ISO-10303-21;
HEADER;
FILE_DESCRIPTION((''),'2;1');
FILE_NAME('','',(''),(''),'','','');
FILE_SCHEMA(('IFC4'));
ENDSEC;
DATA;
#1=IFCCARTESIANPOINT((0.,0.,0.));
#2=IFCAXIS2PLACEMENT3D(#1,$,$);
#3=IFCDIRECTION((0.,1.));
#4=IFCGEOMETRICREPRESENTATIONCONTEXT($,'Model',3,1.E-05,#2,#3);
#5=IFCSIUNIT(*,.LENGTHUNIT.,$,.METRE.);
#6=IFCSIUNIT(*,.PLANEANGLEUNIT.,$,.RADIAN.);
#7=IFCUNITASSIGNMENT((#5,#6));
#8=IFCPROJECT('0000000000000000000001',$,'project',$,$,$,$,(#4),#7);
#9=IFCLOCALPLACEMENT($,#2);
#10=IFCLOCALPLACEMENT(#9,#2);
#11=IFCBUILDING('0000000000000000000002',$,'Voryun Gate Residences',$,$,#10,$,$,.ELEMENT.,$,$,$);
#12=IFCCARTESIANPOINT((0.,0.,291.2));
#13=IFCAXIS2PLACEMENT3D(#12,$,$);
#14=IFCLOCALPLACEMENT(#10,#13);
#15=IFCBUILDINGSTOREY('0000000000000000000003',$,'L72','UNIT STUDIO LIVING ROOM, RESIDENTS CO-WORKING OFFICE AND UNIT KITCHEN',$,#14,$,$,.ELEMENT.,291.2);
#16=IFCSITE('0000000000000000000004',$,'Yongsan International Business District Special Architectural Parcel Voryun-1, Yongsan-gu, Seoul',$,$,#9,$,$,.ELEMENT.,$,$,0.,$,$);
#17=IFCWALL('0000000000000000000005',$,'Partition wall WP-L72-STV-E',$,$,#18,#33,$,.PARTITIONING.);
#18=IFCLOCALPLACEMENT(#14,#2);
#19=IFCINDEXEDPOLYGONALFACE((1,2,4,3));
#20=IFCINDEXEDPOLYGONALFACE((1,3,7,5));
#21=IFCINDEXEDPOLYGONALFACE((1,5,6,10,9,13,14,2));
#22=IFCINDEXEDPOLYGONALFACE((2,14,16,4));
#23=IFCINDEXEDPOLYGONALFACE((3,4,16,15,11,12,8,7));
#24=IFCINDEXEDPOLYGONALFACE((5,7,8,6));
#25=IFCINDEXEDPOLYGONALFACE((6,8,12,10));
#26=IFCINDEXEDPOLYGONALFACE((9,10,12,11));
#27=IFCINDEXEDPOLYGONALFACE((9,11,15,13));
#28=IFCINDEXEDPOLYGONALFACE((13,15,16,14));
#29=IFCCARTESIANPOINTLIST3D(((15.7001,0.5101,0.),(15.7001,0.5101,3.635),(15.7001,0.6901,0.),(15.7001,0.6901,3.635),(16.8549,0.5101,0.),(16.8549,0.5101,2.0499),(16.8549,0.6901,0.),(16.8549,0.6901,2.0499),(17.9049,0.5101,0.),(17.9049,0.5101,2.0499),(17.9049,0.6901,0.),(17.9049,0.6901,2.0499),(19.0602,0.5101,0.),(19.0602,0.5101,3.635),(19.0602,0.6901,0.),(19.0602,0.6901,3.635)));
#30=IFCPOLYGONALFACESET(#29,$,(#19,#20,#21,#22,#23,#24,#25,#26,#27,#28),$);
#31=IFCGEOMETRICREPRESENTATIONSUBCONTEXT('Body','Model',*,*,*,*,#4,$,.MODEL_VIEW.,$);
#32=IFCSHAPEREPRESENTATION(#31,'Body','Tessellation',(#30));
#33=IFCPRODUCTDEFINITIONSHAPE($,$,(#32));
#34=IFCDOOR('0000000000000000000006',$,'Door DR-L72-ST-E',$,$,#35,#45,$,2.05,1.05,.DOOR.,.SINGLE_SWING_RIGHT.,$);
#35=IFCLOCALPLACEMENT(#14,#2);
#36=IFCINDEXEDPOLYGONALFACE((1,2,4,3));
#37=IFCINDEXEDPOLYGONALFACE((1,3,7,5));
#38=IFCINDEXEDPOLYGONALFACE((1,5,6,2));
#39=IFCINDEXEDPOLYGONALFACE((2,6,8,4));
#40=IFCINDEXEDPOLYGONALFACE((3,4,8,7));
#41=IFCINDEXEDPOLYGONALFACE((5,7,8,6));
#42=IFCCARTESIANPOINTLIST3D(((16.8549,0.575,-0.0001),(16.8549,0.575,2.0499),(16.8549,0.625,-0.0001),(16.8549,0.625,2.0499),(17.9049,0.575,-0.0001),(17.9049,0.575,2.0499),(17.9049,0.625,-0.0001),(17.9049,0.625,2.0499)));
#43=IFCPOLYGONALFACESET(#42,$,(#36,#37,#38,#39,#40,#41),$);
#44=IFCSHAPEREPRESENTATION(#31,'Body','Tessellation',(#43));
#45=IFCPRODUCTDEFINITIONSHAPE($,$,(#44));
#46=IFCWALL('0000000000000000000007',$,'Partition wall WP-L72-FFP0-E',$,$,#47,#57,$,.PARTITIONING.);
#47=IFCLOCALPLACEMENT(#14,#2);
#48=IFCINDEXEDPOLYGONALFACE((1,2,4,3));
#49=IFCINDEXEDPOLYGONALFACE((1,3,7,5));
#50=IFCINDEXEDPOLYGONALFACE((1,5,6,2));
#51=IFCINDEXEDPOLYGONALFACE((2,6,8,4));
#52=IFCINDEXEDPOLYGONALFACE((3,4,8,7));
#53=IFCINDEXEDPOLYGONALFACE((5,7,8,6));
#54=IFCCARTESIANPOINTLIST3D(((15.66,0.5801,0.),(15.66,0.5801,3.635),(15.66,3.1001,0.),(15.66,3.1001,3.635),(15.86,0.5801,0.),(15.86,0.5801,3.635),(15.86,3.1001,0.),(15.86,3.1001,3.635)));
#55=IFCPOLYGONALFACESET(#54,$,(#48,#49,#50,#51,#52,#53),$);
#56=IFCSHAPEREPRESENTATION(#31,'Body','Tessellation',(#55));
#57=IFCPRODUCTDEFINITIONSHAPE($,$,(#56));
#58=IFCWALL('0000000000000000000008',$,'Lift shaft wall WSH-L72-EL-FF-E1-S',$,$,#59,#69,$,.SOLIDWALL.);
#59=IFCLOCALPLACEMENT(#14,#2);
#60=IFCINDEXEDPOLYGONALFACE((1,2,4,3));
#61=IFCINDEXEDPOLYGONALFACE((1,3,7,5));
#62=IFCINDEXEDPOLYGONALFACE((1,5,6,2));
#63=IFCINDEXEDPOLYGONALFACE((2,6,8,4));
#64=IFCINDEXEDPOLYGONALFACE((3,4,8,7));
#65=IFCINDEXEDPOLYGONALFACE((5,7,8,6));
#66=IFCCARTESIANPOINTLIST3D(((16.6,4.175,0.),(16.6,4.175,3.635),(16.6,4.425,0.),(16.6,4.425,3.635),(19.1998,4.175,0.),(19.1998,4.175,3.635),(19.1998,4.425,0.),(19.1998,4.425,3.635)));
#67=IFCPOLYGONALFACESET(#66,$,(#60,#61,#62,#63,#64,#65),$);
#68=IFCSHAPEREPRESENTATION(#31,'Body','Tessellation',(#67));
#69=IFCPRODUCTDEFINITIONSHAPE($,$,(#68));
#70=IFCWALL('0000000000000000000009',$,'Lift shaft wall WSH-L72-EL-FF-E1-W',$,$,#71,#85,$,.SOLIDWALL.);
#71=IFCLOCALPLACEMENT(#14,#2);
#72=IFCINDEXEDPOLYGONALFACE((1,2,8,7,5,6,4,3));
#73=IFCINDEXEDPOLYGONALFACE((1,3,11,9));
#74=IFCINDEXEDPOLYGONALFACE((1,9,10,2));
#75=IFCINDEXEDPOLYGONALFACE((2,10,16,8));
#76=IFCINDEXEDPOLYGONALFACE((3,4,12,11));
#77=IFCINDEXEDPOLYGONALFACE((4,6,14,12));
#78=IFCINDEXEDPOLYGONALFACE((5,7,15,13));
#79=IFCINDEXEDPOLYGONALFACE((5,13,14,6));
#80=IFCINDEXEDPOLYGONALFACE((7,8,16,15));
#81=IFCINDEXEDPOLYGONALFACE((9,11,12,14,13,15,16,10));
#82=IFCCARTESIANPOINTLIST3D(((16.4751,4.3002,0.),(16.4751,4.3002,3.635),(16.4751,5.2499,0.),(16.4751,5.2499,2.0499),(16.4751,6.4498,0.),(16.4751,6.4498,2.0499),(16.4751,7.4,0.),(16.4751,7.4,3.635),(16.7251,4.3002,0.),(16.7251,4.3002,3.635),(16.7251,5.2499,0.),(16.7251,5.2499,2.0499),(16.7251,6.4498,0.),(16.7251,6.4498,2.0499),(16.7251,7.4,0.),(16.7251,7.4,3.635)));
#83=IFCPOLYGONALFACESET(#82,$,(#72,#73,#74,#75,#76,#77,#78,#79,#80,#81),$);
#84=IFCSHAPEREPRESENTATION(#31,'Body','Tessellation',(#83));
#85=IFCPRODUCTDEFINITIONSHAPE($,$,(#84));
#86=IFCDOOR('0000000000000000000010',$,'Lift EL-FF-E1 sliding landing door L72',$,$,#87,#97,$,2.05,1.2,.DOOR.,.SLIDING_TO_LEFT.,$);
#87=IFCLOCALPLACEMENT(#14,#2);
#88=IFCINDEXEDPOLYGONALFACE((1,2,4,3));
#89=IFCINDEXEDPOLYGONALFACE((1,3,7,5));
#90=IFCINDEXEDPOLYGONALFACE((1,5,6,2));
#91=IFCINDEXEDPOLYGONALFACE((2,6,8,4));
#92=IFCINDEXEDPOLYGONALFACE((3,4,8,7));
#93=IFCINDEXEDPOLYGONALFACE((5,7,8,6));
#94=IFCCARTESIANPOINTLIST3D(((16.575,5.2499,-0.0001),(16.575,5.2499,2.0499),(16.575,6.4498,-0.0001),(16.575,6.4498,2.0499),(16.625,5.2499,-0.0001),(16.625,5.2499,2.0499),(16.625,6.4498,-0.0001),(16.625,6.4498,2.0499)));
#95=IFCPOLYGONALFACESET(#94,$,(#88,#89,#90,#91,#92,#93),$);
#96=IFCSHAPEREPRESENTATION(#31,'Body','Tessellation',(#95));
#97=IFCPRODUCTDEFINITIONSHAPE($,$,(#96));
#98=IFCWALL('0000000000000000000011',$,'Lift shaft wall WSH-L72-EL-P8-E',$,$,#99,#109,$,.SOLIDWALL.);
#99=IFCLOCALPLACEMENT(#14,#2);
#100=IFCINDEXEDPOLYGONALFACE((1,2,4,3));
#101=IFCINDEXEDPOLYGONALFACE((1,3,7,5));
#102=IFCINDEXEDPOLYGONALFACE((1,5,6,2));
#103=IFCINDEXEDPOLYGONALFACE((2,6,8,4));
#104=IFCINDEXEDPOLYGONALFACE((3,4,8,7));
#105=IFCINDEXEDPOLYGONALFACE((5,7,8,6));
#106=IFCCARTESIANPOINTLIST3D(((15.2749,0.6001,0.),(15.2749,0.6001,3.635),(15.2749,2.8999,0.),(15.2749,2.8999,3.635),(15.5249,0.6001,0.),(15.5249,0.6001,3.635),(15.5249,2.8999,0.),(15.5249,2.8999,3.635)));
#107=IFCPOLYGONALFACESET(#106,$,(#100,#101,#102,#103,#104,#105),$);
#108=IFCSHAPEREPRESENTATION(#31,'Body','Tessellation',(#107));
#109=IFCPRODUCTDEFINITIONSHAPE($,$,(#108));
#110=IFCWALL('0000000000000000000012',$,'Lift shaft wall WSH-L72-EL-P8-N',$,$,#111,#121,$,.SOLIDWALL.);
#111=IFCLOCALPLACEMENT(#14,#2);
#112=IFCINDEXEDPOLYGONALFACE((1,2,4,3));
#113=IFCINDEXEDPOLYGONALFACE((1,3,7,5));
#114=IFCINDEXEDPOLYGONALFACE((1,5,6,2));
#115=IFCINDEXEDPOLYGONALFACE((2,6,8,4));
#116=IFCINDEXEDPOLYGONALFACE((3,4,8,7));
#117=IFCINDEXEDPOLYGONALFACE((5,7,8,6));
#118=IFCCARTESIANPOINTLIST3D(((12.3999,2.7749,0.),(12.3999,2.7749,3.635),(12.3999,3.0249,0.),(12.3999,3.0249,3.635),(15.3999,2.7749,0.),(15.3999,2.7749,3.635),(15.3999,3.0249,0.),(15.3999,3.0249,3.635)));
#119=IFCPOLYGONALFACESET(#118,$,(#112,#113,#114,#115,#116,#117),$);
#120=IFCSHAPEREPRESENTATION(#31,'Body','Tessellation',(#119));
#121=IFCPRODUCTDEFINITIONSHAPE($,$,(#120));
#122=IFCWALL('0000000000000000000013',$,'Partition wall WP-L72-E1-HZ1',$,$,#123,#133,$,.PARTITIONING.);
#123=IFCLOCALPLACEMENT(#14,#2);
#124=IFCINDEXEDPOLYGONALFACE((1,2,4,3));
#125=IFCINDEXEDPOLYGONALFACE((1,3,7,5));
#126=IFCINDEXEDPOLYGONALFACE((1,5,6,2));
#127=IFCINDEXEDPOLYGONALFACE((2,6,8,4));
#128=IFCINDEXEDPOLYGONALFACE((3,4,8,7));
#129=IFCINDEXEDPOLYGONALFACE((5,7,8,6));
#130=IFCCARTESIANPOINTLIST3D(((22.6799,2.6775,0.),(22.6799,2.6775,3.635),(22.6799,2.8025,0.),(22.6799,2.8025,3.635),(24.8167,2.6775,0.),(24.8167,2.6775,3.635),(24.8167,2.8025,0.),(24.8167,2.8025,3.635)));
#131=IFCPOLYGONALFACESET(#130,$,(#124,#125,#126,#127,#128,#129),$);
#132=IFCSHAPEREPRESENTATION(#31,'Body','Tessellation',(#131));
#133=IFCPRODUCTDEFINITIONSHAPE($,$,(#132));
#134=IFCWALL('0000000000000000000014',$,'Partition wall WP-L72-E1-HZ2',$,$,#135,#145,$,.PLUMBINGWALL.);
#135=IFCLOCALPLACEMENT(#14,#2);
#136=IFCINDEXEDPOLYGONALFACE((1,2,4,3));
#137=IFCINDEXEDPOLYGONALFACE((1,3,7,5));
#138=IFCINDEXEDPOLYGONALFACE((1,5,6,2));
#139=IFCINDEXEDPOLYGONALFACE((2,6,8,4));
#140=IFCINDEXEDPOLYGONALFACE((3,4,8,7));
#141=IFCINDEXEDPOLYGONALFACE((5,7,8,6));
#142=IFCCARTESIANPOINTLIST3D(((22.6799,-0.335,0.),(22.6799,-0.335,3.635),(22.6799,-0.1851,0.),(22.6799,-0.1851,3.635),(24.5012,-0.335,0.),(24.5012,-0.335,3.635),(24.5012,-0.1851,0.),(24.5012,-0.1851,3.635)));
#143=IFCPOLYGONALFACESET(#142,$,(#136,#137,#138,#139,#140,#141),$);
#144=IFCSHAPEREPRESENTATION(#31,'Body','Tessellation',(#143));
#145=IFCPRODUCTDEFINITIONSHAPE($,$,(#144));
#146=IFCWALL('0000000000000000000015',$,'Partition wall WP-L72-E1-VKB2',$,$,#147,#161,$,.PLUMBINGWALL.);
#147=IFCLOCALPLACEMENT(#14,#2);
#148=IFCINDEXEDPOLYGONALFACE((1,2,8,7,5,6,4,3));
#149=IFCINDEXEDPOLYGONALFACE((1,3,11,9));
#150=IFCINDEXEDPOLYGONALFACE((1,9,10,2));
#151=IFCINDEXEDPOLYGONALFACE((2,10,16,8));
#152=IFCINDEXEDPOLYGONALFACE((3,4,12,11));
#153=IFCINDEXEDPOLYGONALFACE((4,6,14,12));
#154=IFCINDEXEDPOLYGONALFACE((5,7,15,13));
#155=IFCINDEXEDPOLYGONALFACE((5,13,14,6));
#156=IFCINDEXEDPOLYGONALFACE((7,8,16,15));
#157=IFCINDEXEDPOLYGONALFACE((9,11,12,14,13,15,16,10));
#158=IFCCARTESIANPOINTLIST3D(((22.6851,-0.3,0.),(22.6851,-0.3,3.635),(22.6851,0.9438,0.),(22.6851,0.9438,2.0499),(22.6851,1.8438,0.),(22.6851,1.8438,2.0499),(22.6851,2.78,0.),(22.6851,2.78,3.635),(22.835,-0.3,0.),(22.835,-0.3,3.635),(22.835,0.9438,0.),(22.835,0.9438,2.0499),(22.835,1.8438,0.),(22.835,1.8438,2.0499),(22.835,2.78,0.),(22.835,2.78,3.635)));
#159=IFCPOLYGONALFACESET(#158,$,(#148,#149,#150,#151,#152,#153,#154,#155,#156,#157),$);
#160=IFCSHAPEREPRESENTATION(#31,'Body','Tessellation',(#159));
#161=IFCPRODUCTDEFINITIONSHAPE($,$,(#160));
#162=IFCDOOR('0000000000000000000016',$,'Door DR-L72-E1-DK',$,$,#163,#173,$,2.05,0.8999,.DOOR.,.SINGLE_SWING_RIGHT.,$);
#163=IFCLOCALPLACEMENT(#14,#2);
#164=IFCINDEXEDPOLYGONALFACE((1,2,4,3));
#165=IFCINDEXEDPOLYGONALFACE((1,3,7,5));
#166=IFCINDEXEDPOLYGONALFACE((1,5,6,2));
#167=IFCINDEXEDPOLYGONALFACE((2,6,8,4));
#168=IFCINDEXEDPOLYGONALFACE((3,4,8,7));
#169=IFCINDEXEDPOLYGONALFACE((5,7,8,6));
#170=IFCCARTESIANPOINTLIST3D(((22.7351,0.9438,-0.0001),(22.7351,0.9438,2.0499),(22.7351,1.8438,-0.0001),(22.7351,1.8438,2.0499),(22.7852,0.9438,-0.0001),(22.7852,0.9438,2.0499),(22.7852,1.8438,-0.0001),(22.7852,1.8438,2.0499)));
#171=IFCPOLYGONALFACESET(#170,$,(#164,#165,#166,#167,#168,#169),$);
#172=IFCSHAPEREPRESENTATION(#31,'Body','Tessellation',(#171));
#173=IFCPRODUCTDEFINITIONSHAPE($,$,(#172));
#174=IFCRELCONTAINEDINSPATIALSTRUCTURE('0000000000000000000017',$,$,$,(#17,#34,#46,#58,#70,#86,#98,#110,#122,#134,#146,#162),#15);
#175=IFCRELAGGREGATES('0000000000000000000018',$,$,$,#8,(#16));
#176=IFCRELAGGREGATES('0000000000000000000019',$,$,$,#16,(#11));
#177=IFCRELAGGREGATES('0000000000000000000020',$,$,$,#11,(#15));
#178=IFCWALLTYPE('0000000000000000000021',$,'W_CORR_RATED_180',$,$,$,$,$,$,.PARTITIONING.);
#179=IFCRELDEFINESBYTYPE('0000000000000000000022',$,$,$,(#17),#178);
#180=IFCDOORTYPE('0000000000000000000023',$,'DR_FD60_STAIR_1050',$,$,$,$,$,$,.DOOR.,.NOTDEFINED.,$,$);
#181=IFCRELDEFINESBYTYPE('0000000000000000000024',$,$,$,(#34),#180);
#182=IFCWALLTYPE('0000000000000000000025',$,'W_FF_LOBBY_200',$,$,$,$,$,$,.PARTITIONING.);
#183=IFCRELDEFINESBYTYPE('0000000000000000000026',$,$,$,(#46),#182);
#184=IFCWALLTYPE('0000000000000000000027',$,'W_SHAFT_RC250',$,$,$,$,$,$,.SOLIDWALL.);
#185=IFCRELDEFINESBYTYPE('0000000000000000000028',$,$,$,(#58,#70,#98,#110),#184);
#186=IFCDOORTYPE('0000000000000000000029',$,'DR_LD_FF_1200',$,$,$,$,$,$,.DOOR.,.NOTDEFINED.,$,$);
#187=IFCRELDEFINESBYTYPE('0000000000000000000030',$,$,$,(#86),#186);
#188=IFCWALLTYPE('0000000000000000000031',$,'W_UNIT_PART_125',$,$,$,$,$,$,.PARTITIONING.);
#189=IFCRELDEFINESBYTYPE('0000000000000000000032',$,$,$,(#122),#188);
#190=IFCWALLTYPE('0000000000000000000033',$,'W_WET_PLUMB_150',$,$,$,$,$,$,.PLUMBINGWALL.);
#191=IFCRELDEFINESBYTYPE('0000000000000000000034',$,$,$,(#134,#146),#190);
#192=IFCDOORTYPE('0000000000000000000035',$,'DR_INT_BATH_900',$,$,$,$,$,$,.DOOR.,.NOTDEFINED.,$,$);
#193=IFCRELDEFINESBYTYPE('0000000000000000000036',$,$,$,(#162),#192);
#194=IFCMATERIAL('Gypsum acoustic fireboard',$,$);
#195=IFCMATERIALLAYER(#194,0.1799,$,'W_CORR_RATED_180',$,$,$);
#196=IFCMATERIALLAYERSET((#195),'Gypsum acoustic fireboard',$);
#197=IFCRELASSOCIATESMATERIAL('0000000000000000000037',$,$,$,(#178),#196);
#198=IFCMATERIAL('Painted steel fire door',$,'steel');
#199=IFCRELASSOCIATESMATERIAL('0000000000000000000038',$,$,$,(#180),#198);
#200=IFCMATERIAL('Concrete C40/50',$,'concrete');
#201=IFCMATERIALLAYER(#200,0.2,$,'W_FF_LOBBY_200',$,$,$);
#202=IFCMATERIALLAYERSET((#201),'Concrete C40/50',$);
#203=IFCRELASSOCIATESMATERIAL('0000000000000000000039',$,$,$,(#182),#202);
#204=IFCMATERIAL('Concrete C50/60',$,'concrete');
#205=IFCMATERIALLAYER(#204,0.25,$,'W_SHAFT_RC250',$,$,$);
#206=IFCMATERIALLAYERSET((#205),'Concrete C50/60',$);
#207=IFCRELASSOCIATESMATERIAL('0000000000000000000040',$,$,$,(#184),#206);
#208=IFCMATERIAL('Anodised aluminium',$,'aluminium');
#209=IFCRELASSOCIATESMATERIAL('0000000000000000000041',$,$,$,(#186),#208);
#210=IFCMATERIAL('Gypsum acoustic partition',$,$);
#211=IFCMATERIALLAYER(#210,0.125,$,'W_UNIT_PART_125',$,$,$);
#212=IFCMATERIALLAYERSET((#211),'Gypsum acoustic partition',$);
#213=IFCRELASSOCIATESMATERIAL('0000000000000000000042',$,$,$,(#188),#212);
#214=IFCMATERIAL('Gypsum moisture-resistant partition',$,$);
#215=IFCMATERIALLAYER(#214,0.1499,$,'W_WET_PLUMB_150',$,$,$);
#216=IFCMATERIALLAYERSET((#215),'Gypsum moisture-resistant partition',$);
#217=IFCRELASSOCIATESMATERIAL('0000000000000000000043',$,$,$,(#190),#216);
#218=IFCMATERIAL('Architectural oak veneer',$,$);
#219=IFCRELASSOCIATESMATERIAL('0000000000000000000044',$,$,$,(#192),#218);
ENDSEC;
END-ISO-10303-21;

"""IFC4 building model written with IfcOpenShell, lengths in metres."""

from ifc_helpers import new_model, si_unit, direction, frame, frame_2d, origin, place, context, subcontext, project, spatial, rectangle, extrude, material, layer, layer_set, type_object, element, fill, save


model = new_model("IFC4")

# Units and contexts
model_context = context("Model", 3, precision=1e-05, world=origin(), true_north=direction((0.0, 1.0)))
body_context = subcontext(model_context, "Body", "Model", "MODEL_VIEW")
ifc_project = project(units=[si_unit("LENGTHUNIT", "METRE"), si_unit("PLANEANGLEUNIT", "RADIAN")], contexts=[model_context])

# Site, building, storey
site_placement = place(None, origin())
site = spatial("IfcSite", under=ifc_project, at=site_placement, Name="Yongsan International Business District Special Architectural Parcel Voryun-1, Yongsan-gu, Seoul", CompositionType="ELEMENT", RefElevation=0.0)
building_placement = place(site_placement, origin())
building = spatial("IfcBuilding", under=site, at=building_placement, Name="Voryun Gate Residences", CompositionType="ELEMENT")
storey_placement = place(building_placement, frame((0.0, 0.0, 291.2)))
storey = spatial("IfcBuildingStorey", under=building, at=storey_placement, Name="L72", Description="UNIT STUDIO LIVING ROOM, RESIDENTS CO-WORKING OFFICE AND UNIT KITCHEN", CompositionType="ELEMENT", Elevation=291.2)

# Wall, opening, door
ifc_material_1 = material(Name="Gypsum acoustic fireboard")
ifc_layer_1 = layer(ifc_material_1, 0.1799, Name="W_CORR_RATED_180")
ifc_layer_set_1 = layer_set([ifc_layer_1], Name="Gypsum acoustic fireboard")
wall_type_1 = type_object("IfcWallType", Name="W_CORR_RATED_180", PredefinedType="PARTITIONING", material=ifc_layer_set_1)
wall_1_placement = place(storey_placement, frame((15.7, 0.6001, 0.0), z_axis=(0.0, 0.0, 1.0), x_axis=(1.0, 0.0, 0.0)))
wall_1 = element("IfcWall", 1, at=wall_1_placement, inside=storey, type_object=wall_type_1, Name="Partition wall WP-L72-STV-E", PredefinedType="PARTITIONING", context=body_context, shape_type="SweptSolid", body=[
    extrude(rectangle(XDim=3.3601, YDim=0.1799, at=frame_2d((1.6802, 0.0))), origin(), (0.0, 0.0, 1.0), 3.635),
])
opening_1_placement = place(wall_1_placement, frame((1.155, 0.0, 0.0)))
opening_1 = element("IfcOpeningElement", 2, at=opening_1_placement, cuts=wall_1, PredefinedType="OPENING", context=body_context, shape_type="SweptSolid", body=[
    extrude(rectangle(XDim=1.05, YDim=2.05, at=frame_2d((0.5249, 1.0249))), frame((0.0, 0.0999, 0.0), z_axis=(0.0, -1.0, 0.0), x_axis=(1.0, 0.0, 0.0)), (0.0, 0.0, 1.0), 0.2),
])
ifc_material_2 = material(Name="Painted steel fire door", Category="steel")
door_type_1 = type_object("IfcDoorType", Name="DR_FD60_STAIR_1050", OperationType="NOTDEFINED", PredefinedType="DOOR", material=ifc_material_2)
door_1_placement = place(opening_1_placement, origin())
door_1 = element("IfcDoor", 3, at=door_1_placement, inside=storey, type_object=door_type_1, Name="Door DR-L72-ST-E", OperationType="SINGLE_SWING_RIGHT", OverallHeight=2.05, OverallWidth=1.05, PredefinedType="DOOR", context=body_context, shape_type="SweptSolid", body=[
    extrude(rectangle(XDim=1.05, YDim=2.05, at=frame_2d((0.5249, 1.0249))), frame((0.0, 0.0249, 0.0), z_axis=(0.0, -1.0, 0.0), x_axis=(1.0, 0.0, 0.0)), (0.0, 0.0, 1.0), 0.05),
])
fill(opening_1, door_1)

# Walls
ifc_material_3 = material(Name="Concrete C40/50", Category="concrete")
ifc_layer_2 = layer(ifc_material_3, 0.2, Name="W_FF_LOBBY_200")
ifc_layer_set_2 = layer_set([ifc_layer_2], Name="Concrete C40/50")
wall_type_2 = type_object("IfcWallType", Name="W_FF_LOBBY_200", PredefinedType="PARTITIONING", material=ifc_layer_set_2)
wall_2_placement = place(storey_placement, frame((15.76, 0.5801, 0.0), z_axis=(0.0, 0.0, 1.0), x_axis=(0.0, 1.0, 0.0)))
element("IfcWall", 4, at=wall_2_placement, inside=storey, type_object=wall_type_2, Name="Partition wall WP-L72-FFP0-E", PredefinedType="PARTITIONING", context=body_context, shape_type="SweptSolid", body=[
    extrude(rectangle(XDim=2.52, YDim=0.2, at=frame_2d((1.26, 0.0))), origin(), (0.0, 0.0, 1.0), 3.635),
])
ifc_material_4 = material(Name="Concrete C50/60", Category="concrete")
ifc_layer_3 = layer(ifc_material_4, 0.25, Name="W_SHAFT_RC250")
ifc_layer_set_3 = layer_set([ifc_layer_3], Name="Concrete C50/60")
wall_type_3 = type_object("IfcWallType", Name="W_SHAFT_RC250", PredefinedType="SOLIDWALL", material=ifc_layer_set_3)
wall_3_placement = place(storey_placement, frame((16.6001, 4.3, 0.0), z_axis=(0.0, 0.0, 1.0), x_axis=(1.0, 0.0, 0.0)))
element("IfcWall", 5, at=wall_3_placement, inside=storey, type_object=wall_type_3, Name="Lift shaft wall WSH-L72-EL-FF-E1-S", PredefinedType="SOLIDWALL", context=body_context, shape_type="SweptSolid", body=[
    extrude(rectangle(XDim=2.5999, YDim=0.25, at=frame_2d((1.2998, 0.0))), origin(), (0.0, 0.0, 1.0), 3.635),
])

# Wall, opening, door
wall_4_placement = place(storey_placement, frame((16.6001, 7.3999, 0.0), z_axis=(0.0, 0.0, 1.0), x_axis=(0.0, -1.0, 0.0)))
wall_4 = element("IfcWall", 6, at=wall_4_placement, inside=storey, type_object=wall_type_3, Name="Lift shaft wall WSH-L72-EL-FF-E1-W", PredefinedType="SOLIDWALL", context=body_context, shape_type="SweptSolid", body=[
    extrude(rectangle(XDim=3.0999, YDim=0.25, at=frame_2d((1.5498, 0.0))), origin(), (0.0, 0.0, 1.0), 3.635),
])
opening_2_placement = place(wall_4_placement, frame((0.95, 0.0, 0.0)))
opening_2 = element("IfcOpeningElement", 7, at=opening_2_placement, cuts=wall_4, PredefinedType="OPENING", context=body_context, shape_type="SweptSolid", body=[
    extrude(rectangle(XDim=1.2, YDim=2.05, at=frame_2d((0.6001, 1.0249))), frame((0.0, 0.135, 0.0), z_axis=(0.0, -1.0, 0.0), x_axis=(1.0, 0.0, 0.0)), (0.0, 0.0, 1.0), 0.27),
])
ifc_material_5 = material(Name="Anodised aluminium", Category="aluminium")
door_type_2 = type_object("IfcDoorType", Name="DR_LD_FF_1200", OperationType="NOTDEFINED", PredefinedType="DOOR", material=ifc_material_5)
door_2_placement = place(opening_2_placement, origin())
door_2 = element("IfcDoor", 8, at=door_2_placement, inside=storey, type_object=door_type_2, Name="Lift EL-FF-E1 sliding landing door L72", OperationType="SLIDING_TO_LEFT", OverallHeight=2.05, OverallWidth=1.2, PredefinedType="DOOR", context=body_context, shape_type="SweptSolid", body=[
    extrude(rectangle(XDim=1.2, YDim=2.05, at=frame_2d((0.6001, 1.0249))), frame((0.0, 0.0249, 0.0), z_axis=(0.0, -1.0, 0.0), x_axis=(1.0, 0.0, 0.0)), (0.0, 0.0, 1.0), 0.05),
])
fill(opening_2, door_2)

# Walls
wall_5_placement = place(storey_placement, frame((15.3999, 0.6001, 0.0), z_axis=(0.0, 0.0, 1.0), x_axis=(0.0, 1.0, 0.0)))
element("IfcWall", 9, at=wall_5_placement, inside=storey, type_object=wall_type_3, Name="Lift shaft wall WSH-L72-EL-P8-E", PredefinedType="SOLIDWALL", context=body_context, shape_type="SweptSolid", body=[
    extrude(rectangle(XDim=2.2998, YDim=0.25, at=frame_2d((1.1499, 0.0))), origin(), (0.0, 0.0, 1.0), 3.635),
])
wall_6_placement = place(storey_placement, frame((15.3999, 2.8999, 0.0), z_axis=(0.0, 0.0, 1.0), x_axis=(-1.0, 0.0, 0.0)))
element("IfcWall", 10, at=wall_6_placement, inside=storey, type_object=wall_type_3, Name="Lift shaft wall WSH-L72-EL-P8-N", PredefinedType="SOLIDWALL", context=body_context, shape_type="SweptSolid", body=[
    extrude(rectangle(XDim=3.0, YDim=0.25, at=frame_2d((1.5, 0.0))), origin(), (0.0, 0.0, 1.0), 3.635),
])
ifc_material_6 = material(Name="Gypsum acoustic partition")
ifc_layer_4 = layer(ifc_material_6, 0.125, Name="W_UNIT_PART_125")
ifc_layer_set_4 = layer_set([ifc_layer_4], Name="Gypsum acoustic partition")
wall_type_4 = type_object("IfcWallType", Name="W_UNIT_PART_125", PredefinedType="PARTITIONING", material=ifc_layer_set_4)
wall_7_placement = place(storey_placement, frame((22.6799, 2.74, 0.0), z_axis=(0.0, 0.0, 1.0), x_axis=(1.0, 0.0, 0.0)))
element("IfcWall", 11, at=wall_7_placement, inside=storey, type_object=wall_type_4, Name="Partition wall WP-L72-E1-HZ1", PredefinedType="PARTITIONING", context=body_context, shape_type="SweptSolid", body=[
    extrude(rectangle(XDim=2.1367, YDim=0.125, at=frame_2d((1.0684, 0.0))), origin(), (0.0, 0.0, 1.0), 3.635),
])
ifc_material_7 = material(Name="Gypsum moisture-resistant partition")
ifc_layer_5 = layer(ifc_material_7, 0.1499, Name="W_WET_PLUMB_150")
ifc_layer_set_5 = layer_set([ifc_layer_5], Name="Gypsum moisture-resistant partition")
wall_type_5 = type_object("IfcWallType", Name="W_WET_PLUMB_150", PredefinedType="PLUMBINGWALL", material=ifc_layer_set_5)
wall_8_placement = place(storey_placement, frame((22.6799, -0.26, 0.0), z_axis=(0.0, 0.0, 1.0), x_axis=(1.0, 0.0, 0.0)))
element("IfcWall", 12, at=wall_8_placement, inside=storey, type_object=wall_type_5, Name="Partition wall WP-L72-E1-HZ2", PredefinedType="PLUMBINGWALL", context=body_context, shape_type="SweptSolid", body=[
    extrude(rectangle(XDim=1.8213, YDim=0.1499, at=frame_2d((0.9106, 0.0))), origin(), (0.0, 0.0, 1.0), 3.635),
])

# Wall, opening, door
wall_9_placement = place(storey_placement, frame((22.76, -0.3, 0.0), z_axis=(0.0, 0.0, 1.0), x_axis=(0.0, 1.0, 0.0)))
wall_9 = element("IfcWall", 13, at=wall_9_placement, inside=storey, type_object=wall_type_5, Name="Partition wall WP-L72-E1-VKB2", PredefinedType="PLUMBINGWALL", context=body_context, shape_type="SweptSolid", body=[
    extrude(rectangle(XDim=3.0801, YDim=0.1499, at=frame_2d((1.54, 0.0))), origin(), (0.0, 0.0, 1.0), 3.635),
])
opening_3_placement = place(wall_9_placement, frame((1.2439, 0.0, 0.0)))
opening_3 = element("IfcOpeningElement", 14, at=opening_3_placement, cuts=wall_9, PredefinedType="OPENING", context=body_context, shape_type="SweptSolid", body=[
    extrude(rectangle(XDim=0.8999, YDim=2.05, at=frame_2d((0.45, 1.0249))), frame((0.0, 0.085, 0.0), z_axis=(0.0, -1.0, 0.0), x_axis=(1.0, 0.0, 0.0)), (0.0, 0.0, 1.0), 0.1699),
])
ifc_material_8 = material(Name="Architectural oak veneer")
door_type_3 = type_object("IfcDoorType", Name="DR_INT_BATH_900", OperationType="NOTDEFINED", PredefinedType="DOOR", material=ifc_material_8)
door_3_placement = place(opening_3_placement, origin())
door_3 = element("IfcDoor", 15, at=door_3_placement, inside=storey, type_object=door_type_3, Name="Door DR-L72-E1-DK", OperationType="SINGLE_SWING_RIGHT", OverallHeight=2.05, OverallWidth=0.8999, PredefinedType="DOOR", context=body_context, shape_type="SweptSolid", body=[
    extrude(rectangle(XDim=0.8999, YDim=2.05, at=frame_2d((0.45, 1.0249))), frame((0.0, 0.0249, 0.0), z_axis=(0.0, -1.0, 0.0), x_axis=(1.0, 0.0, 0.0)), (0.0, 0.0, 1.0), 0.05),
])
fill(opening_3, door_3)

save(model, "model.ifc")
